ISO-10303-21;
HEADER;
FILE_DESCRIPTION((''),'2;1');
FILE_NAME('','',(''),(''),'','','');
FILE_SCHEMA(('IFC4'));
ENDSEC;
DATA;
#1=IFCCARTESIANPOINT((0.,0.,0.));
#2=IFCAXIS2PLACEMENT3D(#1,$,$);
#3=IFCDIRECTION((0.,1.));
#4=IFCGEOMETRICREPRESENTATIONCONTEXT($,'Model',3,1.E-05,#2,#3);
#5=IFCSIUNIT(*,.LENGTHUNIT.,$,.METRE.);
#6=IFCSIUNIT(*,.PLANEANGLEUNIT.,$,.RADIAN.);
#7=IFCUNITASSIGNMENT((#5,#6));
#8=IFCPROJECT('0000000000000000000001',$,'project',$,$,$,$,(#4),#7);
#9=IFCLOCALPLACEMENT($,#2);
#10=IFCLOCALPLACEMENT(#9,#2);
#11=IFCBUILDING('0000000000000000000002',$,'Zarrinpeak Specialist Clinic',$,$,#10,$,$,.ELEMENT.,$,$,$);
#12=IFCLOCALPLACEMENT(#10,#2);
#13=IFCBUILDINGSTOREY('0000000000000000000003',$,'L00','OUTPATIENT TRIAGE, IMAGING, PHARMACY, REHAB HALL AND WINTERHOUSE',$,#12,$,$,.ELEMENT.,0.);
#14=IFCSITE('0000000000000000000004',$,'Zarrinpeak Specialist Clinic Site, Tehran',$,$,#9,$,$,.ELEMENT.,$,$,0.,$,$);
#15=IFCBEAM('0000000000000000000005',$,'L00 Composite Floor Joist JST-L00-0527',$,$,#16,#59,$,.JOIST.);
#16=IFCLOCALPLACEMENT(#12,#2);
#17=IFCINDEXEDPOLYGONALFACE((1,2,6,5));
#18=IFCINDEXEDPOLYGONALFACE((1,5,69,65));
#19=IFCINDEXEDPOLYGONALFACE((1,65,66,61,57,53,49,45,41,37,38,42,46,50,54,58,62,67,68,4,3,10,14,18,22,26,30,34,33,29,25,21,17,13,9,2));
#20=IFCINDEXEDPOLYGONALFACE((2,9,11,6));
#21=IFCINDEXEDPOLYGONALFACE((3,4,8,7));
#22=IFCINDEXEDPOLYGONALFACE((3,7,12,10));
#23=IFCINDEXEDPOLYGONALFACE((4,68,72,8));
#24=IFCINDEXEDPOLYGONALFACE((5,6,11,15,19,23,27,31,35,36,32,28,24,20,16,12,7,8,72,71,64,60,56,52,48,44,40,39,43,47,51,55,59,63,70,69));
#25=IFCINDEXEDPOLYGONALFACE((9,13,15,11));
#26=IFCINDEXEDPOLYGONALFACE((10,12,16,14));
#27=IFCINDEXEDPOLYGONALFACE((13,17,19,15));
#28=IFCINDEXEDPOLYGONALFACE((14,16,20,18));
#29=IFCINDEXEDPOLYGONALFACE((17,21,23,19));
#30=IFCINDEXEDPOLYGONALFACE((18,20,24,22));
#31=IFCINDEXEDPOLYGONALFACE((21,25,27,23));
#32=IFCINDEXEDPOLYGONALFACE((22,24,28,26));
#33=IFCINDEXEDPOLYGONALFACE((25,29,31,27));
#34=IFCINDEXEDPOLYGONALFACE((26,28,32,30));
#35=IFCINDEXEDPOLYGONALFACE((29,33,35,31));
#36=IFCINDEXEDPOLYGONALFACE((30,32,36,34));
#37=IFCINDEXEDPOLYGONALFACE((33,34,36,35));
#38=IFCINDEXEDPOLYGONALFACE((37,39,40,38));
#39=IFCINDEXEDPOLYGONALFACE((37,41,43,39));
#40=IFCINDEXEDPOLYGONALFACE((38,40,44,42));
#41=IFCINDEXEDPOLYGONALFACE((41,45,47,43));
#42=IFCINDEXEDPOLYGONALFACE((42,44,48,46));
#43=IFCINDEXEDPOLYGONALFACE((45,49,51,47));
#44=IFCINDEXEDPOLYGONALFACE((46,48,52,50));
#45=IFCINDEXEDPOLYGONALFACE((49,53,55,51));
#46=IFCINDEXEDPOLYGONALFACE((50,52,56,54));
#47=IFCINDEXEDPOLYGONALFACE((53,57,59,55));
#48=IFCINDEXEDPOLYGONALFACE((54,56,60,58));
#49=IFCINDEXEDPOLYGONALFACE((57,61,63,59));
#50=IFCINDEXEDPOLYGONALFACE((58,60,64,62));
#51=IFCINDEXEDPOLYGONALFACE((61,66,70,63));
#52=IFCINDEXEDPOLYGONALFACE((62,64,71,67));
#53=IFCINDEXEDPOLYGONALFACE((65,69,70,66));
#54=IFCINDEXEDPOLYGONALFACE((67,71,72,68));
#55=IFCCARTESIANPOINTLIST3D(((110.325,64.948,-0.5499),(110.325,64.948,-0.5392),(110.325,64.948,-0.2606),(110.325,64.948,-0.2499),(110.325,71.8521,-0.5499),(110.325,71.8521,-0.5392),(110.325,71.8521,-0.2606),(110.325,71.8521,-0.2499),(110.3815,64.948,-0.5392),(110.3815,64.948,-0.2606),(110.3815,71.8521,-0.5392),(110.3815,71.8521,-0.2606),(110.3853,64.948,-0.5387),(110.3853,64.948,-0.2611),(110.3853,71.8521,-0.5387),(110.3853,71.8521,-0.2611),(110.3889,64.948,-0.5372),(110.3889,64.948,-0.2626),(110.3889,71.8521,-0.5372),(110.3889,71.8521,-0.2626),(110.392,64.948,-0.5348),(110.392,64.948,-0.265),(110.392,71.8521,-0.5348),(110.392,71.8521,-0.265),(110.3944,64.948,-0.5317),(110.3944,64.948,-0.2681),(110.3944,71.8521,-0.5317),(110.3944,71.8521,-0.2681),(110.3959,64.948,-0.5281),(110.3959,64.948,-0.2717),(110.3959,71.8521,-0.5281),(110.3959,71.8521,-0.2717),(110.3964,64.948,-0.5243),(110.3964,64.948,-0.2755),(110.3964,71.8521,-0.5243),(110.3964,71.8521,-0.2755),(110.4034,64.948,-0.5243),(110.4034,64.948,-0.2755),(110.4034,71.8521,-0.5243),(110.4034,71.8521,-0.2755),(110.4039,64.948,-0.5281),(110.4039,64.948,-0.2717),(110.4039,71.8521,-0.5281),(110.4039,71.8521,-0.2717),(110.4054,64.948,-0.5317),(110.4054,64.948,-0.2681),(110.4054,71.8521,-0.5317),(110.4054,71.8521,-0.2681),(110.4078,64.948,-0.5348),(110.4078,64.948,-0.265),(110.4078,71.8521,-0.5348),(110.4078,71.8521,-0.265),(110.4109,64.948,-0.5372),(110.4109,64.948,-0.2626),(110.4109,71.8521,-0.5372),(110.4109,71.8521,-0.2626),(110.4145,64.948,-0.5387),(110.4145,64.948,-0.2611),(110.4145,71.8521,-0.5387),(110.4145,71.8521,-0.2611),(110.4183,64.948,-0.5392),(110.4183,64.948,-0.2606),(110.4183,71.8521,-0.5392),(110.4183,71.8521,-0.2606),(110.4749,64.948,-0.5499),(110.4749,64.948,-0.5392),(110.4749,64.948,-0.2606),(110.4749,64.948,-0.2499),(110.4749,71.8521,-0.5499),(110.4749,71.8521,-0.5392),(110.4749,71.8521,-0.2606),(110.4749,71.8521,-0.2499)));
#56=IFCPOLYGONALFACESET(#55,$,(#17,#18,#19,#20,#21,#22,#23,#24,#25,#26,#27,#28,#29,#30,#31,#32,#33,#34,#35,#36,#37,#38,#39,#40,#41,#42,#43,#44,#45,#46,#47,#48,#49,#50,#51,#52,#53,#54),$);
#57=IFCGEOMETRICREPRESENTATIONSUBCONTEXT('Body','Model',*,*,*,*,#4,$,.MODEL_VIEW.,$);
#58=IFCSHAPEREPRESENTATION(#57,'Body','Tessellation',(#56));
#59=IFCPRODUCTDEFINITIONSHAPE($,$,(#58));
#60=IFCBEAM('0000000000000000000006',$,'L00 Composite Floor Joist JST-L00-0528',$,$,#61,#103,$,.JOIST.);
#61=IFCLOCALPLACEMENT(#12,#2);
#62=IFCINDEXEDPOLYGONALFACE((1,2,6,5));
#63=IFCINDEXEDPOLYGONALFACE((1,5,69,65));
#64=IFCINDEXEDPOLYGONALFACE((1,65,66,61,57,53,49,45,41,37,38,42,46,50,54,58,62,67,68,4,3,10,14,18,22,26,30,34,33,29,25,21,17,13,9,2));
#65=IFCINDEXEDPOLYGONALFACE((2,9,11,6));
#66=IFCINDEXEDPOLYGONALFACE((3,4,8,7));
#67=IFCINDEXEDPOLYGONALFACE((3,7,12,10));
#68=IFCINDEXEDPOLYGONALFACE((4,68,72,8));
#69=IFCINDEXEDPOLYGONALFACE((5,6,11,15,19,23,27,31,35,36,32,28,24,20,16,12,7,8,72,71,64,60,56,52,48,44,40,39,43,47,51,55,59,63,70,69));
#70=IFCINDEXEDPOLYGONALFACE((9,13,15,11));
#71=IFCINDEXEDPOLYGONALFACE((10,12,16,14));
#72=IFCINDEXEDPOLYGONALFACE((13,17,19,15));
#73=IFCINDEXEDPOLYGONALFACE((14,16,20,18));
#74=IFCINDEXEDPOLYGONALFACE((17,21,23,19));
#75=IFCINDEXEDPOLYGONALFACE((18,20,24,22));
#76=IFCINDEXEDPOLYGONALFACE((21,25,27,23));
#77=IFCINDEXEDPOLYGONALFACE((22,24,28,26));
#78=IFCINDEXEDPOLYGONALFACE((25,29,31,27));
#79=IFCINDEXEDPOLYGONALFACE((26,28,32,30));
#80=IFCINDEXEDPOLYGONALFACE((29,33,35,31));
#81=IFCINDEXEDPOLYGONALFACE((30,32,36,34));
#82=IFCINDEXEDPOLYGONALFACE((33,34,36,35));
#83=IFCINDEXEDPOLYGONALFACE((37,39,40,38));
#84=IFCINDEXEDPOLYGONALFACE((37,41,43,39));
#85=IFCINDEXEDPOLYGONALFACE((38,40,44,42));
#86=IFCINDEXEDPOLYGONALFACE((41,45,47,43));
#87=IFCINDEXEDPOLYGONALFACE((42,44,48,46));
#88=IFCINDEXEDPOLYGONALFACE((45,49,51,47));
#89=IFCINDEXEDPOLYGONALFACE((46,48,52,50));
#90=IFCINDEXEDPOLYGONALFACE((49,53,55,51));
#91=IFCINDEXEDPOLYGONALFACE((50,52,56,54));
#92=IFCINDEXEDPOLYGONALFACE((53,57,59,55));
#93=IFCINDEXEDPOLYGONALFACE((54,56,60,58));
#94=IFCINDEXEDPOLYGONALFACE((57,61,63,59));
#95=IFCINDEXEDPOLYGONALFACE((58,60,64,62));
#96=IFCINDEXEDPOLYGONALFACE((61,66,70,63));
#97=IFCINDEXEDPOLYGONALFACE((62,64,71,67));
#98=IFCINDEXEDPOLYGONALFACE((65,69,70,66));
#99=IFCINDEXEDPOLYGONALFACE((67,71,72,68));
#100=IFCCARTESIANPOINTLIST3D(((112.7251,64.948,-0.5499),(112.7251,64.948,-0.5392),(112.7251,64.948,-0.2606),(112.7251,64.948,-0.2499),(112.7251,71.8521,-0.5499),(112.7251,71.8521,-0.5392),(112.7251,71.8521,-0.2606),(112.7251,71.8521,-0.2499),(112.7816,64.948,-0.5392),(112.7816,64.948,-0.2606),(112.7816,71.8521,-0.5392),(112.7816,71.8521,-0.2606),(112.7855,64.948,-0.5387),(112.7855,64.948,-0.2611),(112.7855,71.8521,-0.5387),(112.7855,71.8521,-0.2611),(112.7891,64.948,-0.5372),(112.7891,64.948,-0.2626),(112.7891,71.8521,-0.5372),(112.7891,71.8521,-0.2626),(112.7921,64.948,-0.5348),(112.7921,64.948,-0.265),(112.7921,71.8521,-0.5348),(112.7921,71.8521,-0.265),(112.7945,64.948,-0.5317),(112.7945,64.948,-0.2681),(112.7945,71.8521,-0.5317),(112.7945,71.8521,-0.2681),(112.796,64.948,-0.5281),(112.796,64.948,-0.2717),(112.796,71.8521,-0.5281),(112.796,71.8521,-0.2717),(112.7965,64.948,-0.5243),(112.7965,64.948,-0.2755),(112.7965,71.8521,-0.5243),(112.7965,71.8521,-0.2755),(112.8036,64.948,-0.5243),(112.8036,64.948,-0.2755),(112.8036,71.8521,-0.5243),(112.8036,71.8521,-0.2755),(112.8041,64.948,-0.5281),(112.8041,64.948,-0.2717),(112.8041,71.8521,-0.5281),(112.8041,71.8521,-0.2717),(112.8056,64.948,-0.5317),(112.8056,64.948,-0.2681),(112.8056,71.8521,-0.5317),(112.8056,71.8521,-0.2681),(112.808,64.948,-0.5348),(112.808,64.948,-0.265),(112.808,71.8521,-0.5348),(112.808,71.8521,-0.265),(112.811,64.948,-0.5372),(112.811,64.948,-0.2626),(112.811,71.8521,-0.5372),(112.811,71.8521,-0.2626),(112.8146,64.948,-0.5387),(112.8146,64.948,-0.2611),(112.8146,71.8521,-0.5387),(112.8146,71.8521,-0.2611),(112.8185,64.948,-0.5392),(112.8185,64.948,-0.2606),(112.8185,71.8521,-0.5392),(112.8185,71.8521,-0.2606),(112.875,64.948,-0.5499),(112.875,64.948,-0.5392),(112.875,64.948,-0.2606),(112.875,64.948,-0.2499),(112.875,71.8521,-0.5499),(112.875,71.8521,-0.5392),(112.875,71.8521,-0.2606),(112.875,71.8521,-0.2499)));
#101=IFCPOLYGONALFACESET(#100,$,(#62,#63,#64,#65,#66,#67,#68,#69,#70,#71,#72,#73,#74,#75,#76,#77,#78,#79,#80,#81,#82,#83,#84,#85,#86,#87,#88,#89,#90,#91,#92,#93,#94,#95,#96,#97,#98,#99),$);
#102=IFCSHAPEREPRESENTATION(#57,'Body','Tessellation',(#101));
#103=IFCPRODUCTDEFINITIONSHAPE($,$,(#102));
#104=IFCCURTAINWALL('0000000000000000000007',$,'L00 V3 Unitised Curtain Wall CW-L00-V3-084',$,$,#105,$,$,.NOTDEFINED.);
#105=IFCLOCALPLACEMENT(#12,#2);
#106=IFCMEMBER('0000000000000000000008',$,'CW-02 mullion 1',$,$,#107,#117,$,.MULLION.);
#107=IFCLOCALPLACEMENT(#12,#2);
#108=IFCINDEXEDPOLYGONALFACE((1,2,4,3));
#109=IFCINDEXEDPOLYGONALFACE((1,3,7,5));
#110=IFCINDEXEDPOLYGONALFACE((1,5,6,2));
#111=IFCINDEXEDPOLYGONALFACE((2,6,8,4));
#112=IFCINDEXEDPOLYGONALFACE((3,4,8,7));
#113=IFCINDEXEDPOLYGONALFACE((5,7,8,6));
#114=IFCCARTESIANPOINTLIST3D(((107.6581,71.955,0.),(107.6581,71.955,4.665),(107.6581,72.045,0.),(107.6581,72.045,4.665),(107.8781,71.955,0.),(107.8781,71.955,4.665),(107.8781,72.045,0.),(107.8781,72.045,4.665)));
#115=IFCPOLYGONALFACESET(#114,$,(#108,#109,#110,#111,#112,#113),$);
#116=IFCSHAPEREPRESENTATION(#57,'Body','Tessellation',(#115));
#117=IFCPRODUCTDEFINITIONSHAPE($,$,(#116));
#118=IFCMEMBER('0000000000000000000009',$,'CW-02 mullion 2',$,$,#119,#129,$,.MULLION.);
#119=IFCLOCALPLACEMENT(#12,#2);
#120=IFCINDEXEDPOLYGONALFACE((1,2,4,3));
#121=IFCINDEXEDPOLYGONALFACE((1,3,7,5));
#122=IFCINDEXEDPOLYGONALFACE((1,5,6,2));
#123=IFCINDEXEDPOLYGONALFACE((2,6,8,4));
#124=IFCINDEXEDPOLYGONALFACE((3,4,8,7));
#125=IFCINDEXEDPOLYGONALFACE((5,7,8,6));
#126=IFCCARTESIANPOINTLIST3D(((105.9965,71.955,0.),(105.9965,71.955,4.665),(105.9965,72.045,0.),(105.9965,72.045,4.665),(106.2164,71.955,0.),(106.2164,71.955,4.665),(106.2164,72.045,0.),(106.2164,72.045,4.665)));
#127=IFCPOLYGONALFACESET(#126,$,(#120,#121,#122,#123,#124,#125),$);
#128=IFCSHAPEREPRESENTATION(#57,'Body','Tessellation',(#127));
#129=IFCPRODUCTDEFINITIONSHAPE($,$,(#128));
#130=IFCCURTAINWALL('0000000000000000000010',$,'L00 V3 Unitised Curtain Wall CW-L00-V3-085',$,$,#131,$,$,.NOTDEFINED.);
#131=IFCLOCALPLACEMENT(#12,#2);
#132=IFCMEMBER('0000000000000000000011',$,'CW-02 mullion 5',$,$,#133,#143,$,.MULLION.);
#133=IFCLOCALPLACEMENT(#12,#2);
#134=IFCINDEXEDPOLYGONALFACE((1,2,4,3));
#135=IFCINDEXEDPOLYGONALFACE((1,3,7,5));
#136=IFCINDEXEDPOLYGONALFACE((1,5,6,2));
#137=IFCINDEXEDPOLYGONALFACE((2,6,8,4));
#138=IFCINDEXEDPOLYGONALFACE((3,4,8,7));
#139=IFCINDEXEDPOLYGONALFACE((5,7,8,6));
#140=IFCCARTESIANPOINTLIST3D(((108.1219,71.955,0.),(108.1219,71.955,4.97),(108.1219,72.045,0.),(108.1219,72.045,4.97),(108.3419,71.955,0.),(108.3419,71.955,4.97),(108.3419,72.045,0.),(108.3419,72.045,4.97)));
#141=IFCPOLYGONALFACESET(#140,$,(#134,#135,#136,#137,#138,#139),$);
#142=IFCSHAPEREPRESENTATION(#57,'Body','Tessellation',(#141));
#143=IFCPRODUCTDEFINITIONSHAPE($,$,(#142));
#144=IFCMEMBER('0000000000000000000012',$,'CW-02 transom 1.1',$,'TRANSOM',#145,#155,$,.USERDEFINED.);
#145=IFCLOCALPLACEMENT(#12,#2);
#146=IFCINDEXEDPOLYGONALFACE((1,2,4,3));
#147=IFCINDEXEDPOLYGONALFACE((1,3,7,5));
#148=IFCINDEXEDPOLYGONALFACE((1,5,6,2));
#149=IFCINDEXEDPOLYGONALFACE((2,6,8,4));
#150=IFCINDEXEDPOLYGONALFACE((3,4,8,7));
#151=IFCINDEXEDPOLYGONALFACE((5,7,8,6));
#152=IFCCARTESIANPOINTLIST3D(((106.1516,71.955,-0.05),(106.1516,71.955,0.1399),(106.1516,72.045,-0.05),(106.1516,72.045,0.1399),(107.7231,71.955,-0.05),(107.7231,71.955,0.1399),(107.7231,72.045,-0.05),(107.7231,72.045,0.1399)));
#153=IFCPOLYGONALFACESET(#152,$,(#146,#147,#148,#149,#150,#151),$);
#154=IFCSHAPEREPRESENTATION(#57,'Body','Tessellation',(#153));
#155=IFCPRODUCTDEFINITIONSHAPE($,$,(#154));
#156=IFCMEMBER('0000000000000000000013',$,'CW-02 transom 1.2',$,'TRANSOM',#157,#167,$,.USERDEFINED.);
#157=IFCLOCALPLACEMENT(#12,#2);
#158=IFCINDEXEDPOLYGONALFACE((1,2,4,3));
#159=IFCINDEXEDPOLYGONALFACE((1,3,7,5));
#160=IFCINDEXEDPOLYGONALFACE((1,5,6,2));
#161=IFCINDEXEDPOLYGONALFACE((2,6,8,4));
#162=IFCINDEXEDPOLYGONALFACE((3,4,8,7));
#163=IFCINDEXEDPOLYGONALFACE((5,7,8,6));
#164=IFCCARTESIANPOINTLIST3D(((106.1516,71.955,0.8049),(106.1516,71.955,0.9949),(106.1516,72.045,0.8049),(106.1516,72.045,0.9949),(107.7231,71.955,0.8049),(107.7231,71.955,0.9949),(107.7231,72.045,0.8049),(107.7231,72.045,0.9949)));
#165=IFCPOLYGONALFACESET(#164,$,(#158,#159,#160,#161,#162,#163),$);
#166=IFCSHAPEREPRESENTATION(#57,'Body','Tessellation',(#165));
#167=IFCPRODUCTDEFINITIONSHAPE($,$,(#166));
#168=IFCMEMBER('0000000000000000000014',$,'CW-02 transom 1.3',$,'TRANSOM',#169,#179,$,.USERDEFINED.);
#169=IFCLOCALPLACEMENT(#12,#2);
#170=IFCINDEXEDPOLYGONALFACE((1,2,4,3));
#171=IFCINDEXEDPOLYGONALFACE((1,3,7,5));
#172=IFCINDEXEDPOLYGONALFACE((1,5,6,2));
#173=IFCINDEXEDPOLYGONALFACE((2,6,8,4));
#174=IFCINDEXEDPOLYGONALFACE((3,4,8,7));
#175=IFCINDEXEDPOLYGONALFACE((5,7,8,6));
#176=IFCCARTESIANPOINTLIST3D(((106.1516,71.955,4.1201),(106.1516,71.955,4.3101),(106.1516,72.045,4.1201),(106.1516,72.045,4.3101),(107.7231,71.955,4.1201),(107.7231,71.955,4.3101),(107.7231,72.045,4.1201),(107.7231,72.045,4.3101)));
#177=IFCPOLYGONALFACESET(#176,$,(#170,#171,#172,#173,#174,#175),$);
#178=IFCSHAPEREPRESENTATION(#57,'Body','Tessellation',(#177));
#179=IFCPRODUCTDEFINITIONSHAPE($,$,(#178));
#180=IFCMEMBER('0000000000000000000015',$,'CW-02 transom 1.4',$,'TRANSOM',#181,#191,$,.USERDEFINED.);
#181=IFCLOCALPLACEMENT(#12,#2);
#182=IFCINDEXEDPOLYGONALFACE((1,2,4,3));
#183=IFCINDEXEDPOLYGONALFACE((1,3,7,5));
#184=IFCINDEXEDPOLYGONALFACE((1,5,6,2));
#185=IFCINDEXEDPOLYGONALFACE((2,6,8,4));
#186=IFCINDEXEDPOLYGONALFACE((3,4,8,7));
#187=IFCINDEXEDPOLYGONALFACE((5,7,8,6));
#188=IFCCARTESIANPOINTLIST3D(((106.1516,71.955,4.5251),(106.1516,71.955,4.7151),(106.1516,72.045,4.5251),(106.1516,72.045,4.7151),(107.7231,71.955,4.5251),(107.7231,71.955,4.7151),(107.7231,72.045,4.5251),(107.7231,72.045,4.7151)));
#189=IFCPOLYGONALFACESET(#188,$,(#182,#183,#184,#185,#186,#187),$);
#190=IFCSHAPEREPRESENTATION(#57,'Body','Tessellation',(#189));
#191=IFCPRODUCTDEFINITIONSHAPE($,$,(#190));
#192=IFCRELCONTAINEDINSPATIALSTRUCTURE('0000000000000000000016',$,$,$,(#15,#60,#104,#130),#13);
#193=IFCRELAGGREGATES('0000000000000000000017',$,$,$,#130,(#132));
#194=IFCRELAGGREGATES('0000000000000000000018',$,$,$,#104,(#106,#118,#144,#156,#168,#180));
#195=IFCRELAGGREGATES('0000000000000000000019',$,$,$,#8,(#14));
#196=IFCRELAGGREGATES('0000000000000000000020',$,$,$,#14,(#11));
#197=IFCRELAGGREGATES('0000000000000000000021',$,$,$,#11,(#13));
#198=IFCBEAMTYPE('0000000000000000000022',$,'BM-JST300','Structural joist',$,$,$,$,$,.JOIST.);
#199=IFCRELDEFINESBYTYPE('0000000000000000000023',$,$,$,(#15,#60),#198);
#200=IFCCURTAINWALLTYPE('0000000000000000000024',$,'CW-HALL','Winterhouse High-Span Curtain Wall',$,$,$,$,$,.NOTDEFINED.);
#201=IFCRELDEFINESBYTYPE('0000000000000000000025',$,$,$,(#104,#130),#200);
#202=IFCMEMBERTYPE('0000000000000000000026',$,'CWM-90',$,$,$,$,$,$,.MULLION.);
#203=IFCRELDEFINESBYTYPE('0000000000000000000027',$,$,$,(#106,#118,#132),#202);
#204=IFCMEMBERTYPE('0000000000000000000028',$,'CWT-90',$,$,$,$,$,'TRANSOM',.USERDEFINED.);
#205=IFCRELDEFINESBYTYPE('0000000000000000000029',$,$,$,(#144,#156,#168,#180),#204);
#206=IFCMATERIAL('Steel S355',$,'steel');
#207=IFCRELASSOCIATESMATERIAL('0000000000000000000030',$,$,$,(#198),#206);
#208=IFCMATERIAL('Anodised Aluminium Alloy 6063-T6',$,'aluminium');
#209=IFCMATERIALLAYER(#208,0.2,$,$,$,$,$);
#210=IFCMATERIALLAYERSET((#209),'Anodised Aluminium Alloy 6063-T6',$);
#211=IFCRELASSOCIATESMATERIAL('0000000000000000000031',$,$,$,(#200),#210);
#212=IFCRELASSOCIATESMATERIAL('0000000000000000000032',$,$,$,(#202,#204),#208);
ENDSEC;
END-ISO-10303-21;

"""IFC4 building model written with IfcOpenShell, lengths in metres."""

from ifc_helpers import new_model, si_unit, direction, frame, origin, origin_2d, place, context, subcontext, project, spatial, rectangle, i_section, extrude, material, layer, layer_set, material_profile, profile_set, type_object, element, aggregate, save


model = new_model("IFC4")

# Units and contexts
model_context = context("Model", 3, precision=1e-05, world=origin(), true_north=direction((0.0, 1.0)))
body_context = subcontext(model_context, "Body", "Model", "MODEL_VIEW")
ifc_project = project(units=[si_unit("LENGTHUNIT", "METRE"), si_unit("PLANEANGLEUNIT", "RADIAN")], contexts=[model_context])

# Site, building, storey
site_placement = place(None, origin())
site = spatial("IfcSite", under=ifc_project, at=site_placement, Name="Zarrinpeak Specialist Clinic Site, Tehran", CompositionType="ELEMENT", RefElevation=0.0)
building_placement = place(site_placement, origin())
building = spatial("IfcBuilding", under=site, at=building_placement, Name="Zarrinpeak Specialist Clinic", CompositionType="ELEMENT")
storey_placement = place(building_placement, origin())
storey = spatial("IfcBuildingStorey", under=building, at=storey_placement, Name="L00", Description="OUTPATIENT TRIAGE, IMAGING, PHARMACY, REHAB HALL AND WINTERHOUSE", CompositionType="ELEMENT", Elevation=0.0)

# Shared definitions
ifc_material_1 = material(Name="Steel S355", Category="steel")

# Beams
ifc_material_profile_1 = material_profile(ifc_material_1, i_section(OverallWidth=0.1499, OverallDepth=0.3, WebThickness=0.0071, FlangeThickness=0.0107, FilletRadius=0.0149, at=origin_2d()), Name="IPE 300")
ifc_profile_set_1 = profile_set([ifc_material_profile_1], Name="Steel S355")
beam_type_1 = type_object("IfcBeamType", Name="BM-JST300", Description="Structural joist", PredefinedType="JOIST", material=ifc_profile_set_1)
for number, where, z_axis, x_axis, name in (
    (1, (110.3999, 64.948, -0.3999), (0.0, 1.0, 0.0), (-1.0, 0.0, 0.0), "L00 Composite Floor Joist JST-L00-0527"),
    (2, (112.8, 64.948, -0.3999), (0.0, 1.0, 0.0), (-1.0, 0.0, 0.0), "L00 Composite Floor Joist JST-L00-0528"),
):
    element("IfcBeam", number, at=place(storey_placement, frame(where, z_axis=z_axis, x_axis=x_axis)), inside=storey, type_object=beam_type_1, Name=name, PredefinedType="JOIST", context=body_context, shape_type="SweptSolid", body=[
        extrude(i_section(OverallWidth=0.1499, OverallDepth=0.3, WebThickness=0.0071, FlangeThickness=0.0107, FilletRadius=0.0149, at=origin_2d()), origin(), (0.0, 0.0, 1.0), 6.9041),
    ])

# Curtain wall, members
ifc_material_2 = material(Name="Anodised Aluminium Alloy 6063-T6", Category="aluminium")
ifc_layer_1 = layer(ifc_material_2, 0.2)
ifc_layer_set_1 = layer_set([ifc_layer_1], Name="Anodised Aluminium Alloy 6063-T6")
curtain_wall_type = type_object("IfcCurtainWallType", Name="CW-HALL", Description="Winterhouse High-Span Curtain Wall", PredefinedType="NOTDEFINED", material=ifc_layer_set_1)
curtain_wall_1_placement = place(storey_placement, origin())
curtain_wall_1 = element("IfcCurtainWall", 3, at=curtain_wall_1_placement, inside=storey, type_object=curtain_wall_type, Name="L00 V3 Unitised Curtain Wall CW-L00-V3-084", PredefinedType="NOTDEFINED")
ifc_material_profile_2 = material_profile(ifc_material_2, rectangle(XDim=0.0901, YDim=0.22, at=origin_2d()), Name="ALU 90x220")
ifc_profile_set_2 = profile_set([ifc_material_profile_2], Name="Anodised Aluminium Alloy 6063-T6")
member_type_1 = type_object("IfcMemberType", Name="CWM-90", PredefinedType="MULLION", material=ifc_profile_set_2)
member_1_placement = place(storey_placement, frame((107.7681, 72.0, 0.0), z_axis=(0.0, 0.0, 1.0), x_axis=(0.0, -1.0, 0.0)))
member_1 = element("IfcMember", 4, at=member_1_placement, type_object=member_type_1, Name="CW-02 mullion 1", PredefinedType="MULLION", context=body_context, shape_type="SweptSolid", body=[
    extrude(rectangle(XDim=0.0901, YDim=0.22, at=origin_2d()), origin(), (0.0, 0.0, 1.0), 4.665),
])
member_2_placement = place(storey_placement, frame((106.1064, 72.0, 0.0), z_axis=(0.0, 0.0, 1.0), x_axis=(0.0, -1.0, 0.0)))
member_2 = element("IfcMember", 5, at=member_2_placement, type_object=member_type_1, Name="CW-02 mullion 2", PredefinedType="MULLION", context=body_context, shape_type="SweptSolid", body=[
    extrude(rectangle(XDim=0.0901, YDim=0.22, at=origin_2d()), origin(), (0.0, 0.0, 1.0), 4.665),
])

# Curtain wall, member
curtain_wall_2_placement = place(storey_placement, origin())
curtain_wall_2 = element("IfcCurtainWall", 6, at=curtain_wall_2_placement, inside=storey, type_object=curtain_wall_type, Name="L00 V3 Unitised Curtain Wall CW-L00-V3-085", PredefinedType="NOTDEFINED")
member_3_placement = place(storey_placement, frame((108.2319, 72.0, 0.0), z_axis=(0.0, 0.0, 1.0), x_axis=(0.0, -1.0, 0.0)))
member_3 = element("IfcMember", 7, at=member_3_placement, type_object=member_type_1, Name="CW-02 mullion 5", PredefinedType="MULLION", context=body_context, shape_type="SweptSolid", body=[
    extrude(rectangle(XDim=0.0901, YDim=0.22, at=origin_2d()), origin(), (0.0, 0.0, 1.0), 4.97),
])
aggregate(curtain_wall_2, [member_3])

# Members
ifc_material_profile_3 = material_profile(ifc_material_2, rectangle(XDim=0.0901, YDim=0.1899, at=origin_2d()), Name="ALU 90x190")
ifc_profile_set_3 = profile_set([ifc_material_profile_3], Name="Anodised Aluminium Alloy 6063-T6")
member_type_2 = type_object("IfcMemberType", Name="CWT-90", ElementType="TRANSOM", PredefinedType="USERDEFINED", material=ifc_profile_set_3)
member_4_placement = place(storey_placement, frame((107.7231, 72.0, 0.0449), z_axis=(-1.0, 0.0, 0.0), x_axis=(0.0, -1.0, 0.0)))
member_4 = element("IfcMember", 8, at=member_4_placement, type_object=member_type_2, Name="CW-02 transom 1.1", ObjectType="TRANSOM", PredefinedType="USERDEFINED", context=body_context, shape_type="SweptSolid", body=[
    extrude(rectangle(XDim=0.0901, YDim=0.1899, at=origin_2d()), origin(), (0.0, 0.0, 1.0), 1.5715),
])
member_5_placement = place(storey_placement, frame((107.7231, 72.0, 0.8999), z_axis=(-1.0, 0.0, 0.0), x_axis=(0.0, -1.0, 0.0)))
member_5 = element("IfcMember", 9, at=member_5_placement, type_object=member_type_2, Name="CW-02 transom 1.2", ObjectType="TRANSOM", PredefinedType="USERDEFINED", context=body_context, shape_type="SweptSolid", body=[
    extrude(rectangle(XDim=0.0901, YDim=0.1899, at=origin_2d()), origin(), (0.0, 0.0, 1.0), 1.5715),
])
member_6_placement = place(storey_placement, frame((107.7231, 72.0, 4.2151), z_axis=(-1.0, 0.0, 0.0), x_axis=(0.0, -1.0, 0.0)))
member_6 = element("IfcMember", 10, at=member_6_placement, type_object=member_type_2, Name="CW-02 transom 1.3", ObjectType="TRANSOM", PredefinedType="USERDEFINED", context=body_context, shape_type="SweptSolid", body=[
    extrude(rectangle(XDim=0.0901, YDim=0.1899, at=origin_2d()), origin(), (0.0, 0.0, 1.0), 1.5715),
])
member_7_placement = place(storey_placement, frame((107.7231, 72.0, 4.6201), z_axis=(-1.0, 0.0, 0.0), x_axis=(0.0, -1.0, 0.0)))
member_7 = element("IfcMember", 11, at=member_7_placement, type_object=member_type_2, Name="CW-02 transom 1.4", ObjectType="TRANSOM", PredefinedType="USERDEFINED", context=body_context, shape_type="SweptSolid", body=[
    extrude(rectangle(XDim=0.0901, YDim=0.1899, at=origin_2d()), origin(), (0.0, 0.0, 1.0), 1.5715),
])

aggregate(curtain_wall_1, [member_1, member_2, member_4, member_5, member_6, member_7])

save(model, "model.ifc")
